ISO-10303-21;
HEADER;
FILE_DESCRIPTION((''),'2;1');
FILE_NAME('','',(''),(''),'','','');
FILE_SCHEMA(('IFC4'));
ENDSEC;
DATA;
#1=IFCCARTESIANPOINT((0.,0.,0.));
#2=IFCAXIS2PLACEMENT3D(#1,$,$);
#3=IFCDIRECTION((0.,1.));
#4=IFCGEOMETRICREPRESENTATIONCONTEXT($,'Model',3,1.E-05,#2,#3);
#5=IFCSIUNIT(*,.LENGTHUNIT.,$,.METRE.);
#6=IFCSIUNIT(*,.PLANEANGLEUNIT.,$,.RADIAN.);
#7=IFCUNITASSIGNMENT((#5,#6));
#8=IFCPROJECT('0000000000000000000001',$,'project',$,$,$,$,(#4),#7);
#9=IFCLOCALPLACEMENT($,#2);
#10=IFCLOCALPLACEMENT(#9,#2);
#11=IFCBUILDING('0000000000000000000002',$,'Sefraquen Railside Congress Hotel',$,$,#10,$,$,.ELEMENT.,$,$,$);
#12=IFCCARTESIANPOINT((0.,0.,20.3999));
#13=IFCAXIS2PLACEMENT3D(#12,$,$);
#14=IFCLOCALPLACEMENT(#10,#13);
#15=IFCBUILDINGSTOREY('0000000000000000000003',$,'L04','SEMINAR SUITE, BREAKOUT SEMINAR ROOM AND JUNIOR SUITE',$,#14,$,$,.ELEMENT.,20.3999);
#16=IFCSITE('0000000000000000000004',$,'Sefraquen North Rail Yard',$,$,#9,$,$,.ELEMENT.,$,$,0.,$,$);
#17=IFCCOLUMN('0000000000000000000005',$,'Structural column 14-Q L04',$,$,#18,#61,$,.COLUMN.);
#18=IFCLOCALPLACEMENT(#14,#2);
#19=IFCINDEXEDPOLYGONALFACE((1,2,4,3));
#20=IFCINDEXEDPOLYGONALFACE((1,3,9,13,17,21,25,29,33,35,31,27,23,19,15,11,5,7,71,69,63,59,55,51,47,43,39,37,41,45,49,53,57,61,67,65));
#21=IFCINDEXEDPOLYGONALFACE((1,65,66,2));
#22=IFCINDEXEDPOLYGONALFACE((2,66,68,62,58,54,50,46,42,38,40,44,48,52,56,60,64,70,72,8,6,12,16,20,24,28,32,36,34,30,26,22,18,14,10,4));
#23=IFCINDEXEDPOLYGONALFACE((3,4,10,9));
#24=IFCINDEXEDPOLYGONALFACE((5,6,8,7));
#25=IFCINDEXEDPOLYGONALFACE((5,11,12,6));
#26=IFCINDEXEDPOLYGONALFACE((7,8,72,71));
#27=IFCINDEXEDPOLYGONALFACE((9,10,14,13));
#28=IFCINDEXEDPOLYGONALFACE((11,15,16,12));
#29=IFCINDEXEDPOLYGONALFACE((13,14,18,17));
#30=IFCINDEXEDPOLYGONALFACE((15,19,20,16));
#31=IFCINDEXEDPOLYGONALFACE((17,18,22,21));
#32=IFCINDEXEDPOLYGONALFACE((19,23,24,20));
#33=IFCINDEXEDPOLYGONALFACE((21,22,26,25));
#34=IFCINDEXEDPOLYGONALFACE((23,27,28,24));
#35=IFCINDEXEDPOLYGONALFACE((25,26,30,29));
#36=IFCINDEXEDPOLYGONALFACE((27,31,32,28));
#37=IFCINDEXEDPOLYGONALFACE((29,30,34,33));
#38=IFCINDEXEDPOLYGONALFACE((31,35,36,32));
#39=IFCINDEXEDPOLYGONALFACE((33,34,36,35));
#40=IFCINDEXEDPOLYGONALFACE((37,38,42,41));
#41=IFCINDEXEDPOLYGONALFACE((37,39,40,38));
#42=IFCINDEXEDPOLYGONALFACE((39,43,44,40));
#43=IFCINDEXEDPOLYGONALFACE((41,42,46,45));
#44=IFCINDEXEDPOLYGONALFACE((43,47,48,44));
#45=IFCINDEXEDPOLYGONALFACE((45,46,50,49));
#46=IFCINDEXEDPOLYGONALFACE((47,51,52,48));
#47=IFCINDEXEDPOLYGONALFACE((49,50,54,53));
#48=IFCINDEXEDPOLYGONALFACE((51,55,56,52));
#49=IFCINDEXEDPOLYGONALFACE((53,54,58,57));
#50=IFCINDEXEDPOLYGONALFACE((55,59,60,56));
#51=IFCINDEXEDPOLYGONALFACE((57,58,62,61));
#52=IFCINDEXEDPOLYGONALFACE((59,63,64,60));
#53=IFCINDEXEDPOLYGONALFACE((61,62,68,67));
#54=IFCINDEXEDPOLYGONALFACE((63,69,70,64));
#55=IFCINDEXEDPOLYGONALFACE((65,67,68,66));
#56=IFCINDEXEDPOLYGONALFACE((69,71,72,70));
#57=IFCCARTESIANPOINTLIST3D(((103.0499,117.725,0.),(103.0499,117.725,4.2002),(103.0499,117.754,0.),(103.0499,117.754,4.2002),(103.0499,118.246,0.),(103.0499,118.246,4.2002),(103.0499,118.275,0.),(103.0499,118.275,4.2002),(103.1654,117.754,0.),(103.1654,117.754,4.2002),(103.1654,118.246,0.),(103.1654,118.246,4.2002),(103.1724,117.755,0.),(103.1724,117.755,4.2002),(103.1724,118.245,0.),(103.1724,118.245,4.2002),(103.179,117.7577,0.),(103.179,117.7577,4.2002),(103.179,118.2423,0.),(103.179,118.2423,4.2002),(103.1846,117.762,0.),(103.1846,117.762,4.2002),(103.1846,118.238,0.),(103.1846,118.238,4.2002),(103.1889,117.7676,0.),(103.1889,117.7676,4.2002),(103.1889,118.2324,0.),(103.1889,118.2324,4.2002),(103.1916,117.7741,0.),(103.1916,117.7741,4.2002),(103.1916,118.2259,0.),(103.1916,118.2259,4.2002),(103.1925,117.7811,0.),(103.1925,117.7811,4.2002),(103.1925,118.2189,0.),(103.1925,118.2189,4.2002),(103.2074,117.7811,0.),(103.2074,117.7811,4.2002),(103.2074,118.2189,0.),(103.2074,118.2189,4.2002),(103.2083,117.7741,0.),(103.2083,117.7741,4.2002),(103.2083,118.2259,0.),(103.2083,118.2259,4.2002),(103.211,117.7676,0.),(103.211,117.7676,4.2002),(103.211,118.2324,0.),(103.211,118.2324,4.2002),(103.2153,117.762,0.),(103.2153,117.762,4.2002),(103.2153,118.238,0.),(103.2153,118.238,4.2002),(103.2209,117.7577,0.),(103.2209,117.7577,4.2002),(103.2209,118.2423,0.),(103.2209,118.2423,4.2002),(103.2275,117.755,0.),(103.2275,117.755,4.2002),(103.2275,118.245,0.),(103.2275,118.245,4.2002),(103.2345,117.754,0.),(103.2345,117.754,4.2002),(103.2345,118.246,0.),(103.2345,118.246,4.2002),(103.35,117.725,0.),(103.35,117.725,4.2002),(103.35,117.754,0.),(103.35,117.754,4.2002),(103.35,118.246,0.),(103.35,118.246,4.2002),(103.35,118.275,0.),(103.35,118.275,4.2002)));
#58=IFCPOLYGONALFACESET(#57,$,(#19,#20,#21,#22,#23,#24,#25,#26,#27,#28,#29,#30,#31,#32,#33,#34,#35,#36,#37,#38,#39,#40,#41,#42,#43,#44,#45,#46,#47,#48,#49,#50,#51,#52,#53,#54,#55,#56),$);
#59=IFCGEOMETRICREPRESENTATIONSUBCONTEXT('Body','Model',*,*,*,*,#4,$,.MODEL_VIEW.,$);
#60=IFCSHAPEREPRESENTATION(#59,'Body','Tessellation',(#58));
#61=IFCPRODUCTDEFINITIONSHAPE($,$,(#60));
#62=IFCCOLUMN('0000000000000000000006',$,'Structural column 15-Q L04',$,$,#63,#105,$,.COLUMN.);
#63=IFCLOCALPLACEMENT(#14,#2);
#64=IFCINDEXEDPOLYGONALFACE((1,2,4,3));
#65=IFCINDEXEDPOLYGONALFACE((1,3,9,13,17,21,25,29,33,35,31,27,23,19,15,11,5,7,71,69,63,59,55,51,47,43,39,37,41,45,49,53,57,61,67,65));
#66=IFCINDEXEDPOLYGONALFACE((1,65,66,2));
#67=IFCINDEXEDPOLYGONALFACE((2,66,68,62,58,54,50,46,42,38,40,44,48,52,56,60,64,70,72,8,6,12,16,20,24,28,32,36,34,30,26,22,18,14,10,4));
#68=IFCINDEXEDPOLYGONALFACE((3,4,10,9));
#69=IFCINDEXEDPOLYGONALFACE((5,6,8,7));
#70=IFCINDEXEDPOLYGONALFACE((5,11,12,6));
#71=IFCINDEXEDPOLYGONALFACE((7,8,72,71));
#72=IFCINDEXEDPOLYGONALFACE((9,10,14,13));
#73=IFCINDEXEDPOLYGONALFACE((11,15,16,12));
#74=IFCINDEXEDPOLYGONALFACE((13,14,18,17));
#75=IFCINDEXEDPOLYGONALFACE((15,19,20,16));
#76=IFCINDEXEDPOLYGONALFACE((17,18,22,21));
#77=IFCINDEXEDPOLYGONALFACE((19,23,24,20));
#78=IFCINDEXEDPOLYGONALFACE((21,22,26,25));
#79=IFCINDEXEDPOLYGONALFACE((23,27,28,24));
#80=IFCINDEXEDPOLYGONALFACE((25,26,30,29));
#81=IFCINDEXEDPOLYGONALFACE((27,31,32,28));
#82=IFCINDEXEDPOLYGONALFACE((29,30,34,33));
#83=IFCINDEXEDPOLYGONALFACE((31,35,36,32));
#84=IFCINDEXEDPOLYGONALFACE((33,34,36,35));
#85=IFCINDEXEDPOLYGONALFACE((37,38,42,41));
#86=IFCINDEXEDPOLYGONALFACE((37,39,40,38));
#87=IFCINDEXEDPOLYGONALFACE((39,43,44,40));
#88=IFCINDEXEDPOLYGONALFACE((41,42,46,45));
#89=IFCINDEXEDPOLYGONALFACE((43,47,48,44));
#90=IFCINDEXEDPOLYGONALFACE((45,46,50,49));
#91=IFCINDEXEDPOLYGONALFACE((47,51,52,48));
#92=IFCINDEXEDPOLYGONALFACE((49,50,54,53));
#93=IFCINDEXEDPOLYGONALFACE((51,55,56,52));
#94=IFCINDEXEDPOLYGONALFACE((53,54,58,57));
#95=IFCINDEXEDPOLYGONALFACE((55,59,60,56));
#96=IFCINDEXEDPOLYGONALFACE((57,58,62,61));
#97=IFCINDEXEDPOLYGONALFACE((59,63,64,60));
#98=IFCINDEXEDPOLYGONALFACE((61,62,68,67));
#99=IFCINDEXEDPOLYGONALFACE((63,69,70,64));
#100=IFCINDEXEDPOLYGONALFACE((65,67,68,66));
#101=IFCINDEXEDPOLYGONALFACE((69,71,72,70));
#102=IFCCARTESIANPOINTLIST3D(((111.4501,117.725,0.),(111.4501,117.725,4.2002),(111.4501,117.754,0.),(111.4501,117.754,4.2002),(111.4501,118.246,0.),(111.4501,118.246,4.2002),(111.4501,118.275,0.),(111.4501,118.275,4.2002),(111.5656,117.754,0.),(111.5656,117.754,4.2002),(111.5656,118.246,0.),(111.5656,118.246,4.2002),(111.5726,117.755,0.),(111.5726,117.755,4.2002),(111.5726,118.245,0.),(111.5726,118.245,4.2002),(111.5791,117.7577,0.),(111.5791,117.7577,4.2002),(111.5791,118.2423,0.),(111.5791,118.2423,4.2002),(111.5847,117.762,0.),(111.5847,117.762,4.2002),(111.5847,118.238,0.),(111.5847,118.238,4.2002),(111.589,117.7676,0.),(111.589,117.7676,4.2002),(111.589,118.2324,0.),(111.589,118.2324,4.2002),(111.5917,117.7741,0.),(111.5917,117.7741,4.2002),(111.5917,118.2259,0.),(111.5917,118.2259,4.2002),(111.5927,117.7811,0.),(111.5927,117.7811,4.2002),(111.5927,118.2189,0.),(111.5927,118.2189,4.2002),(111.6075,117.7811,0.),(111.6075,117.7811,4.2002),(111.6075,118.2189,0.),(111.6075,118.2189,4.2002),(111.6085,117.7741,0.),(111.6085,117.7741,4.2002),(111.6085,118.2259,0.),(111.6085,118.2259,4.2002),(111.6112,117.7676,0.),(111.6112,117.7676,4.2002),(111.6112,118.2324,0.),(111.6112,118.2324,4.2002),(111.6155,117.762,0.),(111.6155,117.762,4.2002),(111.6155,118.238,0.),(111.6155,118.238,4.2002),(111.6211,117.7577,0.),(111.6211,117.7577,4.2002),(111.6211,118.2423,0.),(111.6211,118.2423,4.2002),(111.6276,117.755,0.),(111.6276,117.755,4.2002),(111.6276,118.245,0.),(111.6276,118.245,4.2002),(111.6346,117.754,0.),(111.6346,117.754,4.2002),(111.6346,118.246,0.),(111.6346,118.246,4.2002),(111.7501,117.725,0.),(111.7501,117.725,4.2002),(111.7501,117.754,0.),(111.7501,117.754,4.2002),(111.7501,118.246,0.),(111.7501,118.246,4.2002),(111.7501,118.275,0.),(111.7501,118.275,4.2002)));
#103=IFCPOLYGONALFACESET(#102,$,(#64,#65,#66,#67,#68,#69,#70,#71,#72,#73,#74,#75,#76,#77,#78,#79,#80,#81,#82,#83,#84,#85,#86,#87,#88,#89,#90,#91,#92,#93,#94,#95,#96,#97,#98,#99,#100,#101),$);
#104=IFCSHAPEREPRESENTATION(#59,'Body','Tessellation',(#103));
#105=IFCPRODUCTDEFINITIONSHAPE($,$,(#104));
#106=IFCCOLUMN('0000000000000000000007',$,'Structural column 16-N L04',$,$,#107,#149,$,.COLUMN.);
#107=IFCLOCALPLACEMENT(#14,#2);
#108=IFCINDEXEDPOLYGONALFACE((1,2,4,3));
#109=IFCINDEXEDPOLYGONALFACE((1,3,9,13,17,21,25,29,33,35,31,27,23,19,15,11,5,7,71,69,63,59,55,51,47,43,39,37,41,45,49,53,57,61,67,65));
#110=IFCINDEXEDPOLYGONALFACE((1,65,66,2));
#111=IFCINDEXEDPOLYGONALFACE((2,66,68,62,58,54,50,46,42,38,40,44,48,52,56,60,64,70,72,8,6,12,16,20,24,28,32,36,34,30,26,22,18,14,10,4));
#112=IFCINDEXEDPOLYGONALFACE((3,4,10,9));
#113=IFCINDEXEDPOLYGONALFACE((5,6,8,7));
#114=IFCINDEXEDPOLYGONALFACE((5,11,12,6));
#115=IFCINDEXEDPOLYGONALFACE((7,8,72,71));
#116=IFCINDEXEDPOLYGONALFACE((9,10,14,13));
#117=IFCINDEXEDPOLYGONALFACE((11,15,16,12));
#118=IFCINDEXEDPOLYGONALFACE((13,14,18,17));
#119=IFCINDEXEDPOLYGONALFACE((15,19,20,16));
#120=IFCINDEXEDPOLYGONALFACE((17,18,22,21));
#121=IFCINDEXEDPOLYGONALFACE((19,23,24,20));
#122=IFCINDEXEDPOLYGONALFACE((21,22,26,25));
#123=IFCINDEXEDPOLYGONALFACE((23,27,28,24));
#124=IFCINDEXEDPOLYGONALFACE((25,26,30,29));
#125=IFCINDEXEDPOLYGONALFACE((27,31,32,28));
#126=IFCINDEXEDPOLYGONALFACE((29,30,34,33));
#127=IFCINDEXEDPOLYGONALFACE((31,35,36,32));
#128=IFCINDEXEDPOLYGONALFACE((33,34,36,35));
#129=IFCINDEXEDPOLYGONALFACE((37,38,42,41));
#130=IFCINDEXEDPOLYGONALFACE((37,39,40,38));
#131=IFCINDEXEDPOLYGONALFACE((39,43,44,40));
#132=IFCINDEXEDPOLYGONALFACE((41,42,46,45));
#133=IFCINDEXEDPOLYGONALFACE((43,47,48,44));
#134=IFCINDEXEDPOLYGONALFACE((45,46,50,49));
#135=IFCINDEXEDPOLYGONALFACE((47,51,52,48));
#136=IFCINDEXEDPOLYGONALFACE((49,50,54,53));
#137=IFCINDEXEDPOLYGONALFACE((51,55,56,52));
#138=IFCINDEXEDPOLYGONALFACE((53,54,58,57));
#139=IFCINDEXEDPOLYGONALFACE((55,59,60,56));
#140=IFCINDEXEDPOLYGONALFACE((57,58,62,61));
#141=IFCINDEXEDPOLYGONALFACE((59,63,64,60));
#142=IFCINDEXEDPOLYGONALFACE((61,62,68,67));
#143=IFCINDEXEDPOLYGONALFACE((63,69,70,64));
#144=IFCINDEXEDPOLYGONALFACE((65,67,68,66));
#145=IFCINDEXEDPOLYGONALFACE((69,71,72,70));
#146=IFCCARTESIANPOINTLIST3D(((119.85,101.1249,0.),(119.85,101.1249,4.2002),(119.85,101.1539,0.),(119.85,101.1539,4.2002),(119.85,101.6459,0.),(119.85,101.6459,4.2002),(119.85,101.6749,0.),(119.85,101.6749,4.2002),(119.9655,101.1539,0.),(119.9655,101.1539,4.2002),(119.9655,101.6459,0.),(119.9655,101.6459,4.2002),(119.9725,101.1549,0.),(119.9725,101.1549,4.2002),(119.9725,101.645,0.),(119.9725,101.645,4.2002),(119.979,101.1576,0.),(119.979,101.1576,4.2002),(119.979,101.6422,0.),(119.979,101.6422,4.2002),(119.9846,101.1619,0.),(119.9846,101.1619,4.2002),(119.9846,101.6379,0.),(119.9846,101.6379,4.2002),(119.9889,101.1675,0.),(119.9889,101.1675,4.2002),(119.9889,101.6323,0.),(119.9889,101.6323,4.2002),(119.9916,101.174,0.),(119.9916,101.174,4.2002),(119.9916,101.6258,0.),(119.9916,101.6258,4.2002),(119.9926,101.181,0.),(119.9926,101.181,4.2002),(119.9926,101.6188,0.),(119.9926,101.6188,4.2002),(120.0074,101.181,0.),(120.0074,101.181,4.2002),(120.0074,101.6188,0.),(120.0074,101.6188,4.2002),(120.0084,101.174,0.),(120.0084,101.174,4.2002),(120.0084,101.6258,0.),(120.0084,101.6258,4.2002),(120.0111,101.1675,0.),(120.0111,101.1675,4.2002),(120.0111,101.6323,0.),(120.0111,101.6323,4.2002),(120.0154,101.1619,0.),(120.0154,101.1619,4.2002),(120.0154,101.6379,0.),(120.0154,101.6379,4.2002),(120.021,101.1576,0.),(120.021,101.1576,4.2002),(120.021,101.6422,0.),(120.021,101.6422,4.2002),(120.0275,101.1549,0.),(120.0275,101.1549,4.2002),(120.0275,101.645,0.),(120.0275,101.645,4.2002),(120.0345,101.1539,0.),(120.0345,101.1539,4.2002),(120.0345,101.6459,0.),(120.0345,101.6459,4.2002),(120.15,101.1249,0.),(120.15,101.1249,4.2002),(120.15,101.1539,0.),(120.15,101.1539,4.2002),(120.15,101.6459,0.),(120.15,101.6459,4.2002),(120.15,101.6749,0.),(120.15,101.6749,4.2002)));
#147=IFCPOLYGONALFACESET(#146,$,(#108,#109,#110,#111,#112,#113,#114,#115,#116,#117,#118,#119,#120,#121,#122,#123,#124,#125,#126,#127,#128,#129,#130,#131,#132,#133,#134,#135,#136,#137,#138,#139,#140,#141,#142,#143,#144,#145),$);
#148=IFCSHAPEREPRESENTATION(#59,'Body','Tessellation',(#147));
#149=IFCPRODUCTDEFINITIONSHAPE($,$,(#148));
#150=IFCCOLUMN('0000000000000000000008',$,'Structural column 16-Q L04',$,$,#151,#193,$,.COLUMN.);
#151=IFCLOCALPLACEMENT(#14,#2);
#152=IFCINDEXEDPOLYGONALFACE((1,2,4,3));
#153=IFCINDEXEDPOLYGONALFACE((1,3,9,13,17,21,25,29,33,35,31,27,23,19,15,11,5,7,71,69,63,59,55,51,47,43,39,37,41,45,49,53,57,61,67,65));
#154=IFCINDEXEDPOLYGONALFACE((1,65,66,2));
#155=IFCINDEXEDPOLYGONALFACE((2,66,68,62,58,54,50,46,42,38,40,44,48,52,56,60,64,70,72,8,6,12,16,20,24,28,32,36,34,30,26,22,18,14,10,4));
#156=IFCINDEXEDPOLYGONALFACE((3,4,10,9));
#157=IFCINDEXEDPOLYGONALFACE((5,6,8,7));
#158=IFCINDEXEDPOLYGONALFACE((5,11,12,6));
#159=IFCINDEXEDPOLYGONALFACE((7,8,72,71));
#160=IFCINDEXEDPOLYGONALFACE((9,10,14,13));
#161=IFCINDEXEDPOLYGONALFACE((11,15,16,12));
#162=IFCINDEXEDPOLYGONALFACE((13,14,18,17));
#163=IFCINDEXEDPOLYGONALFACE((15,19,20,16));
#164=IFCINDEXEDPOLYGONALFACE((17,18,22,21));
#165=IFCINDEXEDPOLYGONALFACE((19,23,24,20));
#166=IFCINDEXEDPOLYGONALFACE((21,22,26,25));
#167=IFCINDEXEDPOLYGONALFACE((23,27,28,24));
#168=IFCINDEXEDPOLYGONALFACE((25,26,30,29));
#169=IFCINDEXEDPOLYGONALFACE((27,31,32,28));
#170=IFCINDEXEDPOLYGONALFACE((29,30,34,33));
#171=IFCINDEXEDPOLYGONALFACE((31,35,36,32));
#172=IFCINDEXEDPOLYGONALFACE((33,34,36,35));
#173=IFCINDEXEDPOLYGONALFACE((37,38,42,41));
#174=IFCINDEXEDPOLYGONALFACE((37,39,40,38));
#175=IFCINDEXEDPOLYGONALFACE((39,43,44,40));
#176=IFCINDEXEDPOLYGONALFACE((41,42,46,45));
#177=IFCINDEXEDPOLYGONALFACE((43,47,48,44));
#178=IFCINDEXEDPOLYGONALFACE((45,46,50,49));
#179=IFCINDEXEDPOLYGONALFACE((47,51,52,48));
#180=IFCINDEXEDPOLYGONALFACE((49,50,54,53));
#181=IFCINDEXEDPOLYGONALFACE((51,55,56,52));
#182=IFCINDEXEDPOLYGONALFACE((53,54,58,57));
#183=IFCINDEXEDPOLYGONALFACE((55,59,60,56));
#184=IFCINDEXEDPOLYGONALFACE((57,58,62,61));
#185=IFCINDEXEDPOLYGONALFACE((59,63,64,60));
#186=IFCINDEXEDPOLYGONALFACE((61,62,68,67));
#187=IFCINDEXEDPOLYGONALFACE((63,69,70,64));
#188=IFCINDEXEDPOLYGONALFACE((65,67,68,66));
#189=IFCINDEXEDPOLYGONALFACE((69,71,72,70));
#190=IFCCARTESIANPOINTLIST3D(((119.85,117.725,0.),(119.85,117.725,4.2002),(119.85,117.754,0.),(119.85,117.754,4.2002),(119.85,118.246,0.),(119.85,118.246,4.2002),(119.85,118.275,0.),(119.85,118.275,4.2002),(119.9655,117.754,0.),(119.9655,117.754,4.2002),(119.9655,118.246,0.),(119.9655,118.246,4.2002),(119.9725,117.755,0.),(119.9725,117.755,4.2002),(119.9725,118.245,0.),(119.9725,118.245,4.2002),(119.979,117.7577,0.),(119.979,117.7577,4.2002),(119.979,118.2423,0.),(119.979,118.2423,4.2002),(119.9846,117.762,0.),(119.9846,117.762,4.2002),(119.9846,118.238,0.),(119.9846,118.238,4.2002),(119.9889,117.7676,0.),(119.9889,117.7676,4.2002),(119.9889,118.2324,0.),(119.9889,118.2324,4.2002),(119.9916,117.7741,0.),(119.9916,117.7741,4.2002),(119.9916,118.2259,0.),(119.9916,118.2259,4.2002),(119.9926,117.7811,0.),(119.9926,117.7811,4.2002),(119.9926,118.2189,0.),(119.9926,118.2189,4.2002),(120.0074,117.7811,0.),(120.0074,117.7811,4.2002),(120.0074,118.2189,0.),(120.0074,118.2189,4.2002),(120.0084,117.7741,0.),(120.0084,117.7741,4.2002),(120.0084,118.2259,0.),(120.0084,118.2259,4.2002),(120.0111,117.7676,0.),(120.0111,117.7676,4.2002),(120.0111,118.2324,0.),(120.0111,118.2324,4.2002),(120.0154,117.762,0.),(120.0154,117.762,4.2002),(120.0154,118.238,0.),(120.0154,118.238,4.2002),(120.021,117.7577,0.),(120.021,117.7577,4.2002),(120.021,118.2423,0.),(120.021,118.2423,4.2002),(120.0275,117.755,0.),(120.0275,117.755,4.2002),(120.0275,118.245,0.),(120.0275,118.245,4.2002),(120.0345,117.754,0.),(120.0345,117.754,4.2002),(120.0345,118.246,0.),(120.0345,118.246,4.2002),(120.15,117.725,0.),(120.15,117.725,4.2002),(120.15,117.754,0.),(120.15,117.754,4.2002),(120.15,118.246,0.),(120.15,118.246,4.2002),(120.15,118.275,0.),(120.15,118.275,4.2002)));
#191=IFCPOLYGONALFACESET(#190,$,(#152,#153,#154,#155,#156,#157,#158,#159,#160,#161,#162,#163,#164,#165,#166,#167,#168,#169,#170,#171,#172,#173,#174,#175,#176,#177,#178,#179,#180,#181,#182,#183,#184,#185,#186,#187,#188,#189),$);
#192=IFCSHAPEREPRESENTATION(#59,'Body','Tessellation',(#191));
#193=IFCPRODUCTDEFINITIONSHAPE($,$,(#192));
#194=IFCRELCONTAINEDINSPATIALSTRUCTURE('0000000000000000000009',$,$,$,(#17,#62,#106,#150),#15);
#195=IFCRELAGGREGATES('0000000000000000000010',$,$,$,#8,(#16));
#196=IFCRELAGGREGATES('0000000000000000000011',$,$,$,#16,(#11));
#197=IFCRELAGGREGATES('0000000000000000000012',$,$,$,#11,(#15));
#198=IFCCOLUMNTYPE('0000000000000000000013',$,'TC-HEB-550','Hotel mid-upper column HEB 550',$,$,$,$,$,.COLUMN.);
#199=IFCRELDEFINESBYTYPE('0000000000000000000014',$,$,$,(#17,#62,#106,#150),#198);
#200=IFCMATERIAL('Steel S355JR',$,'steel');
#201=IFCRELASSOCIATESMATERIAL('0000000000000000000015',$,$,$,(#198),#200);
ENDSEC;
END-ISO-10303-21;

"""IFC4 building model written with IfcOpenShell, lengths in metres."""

from ifc_helpers import new_model, si_unit, direction, frame, origin, origin_2d, place, context, subcontext, project, spatial, i_section, extrude, material, material_profile, profile_set, type_object, element, save


model = new_model("IFC4")

# Units and contexts
model_context = context("Model", 3, precision=1e-05, world=origin(), true_north=direction((0.0, 1.0)))
body_context = subcontext(model_context, "Body", "Model", "MODEL_VIEW")
ifc_project = project(units=[si_unit("LENGTHUNIT", "METRE"), si_unit("PLANEANGLEUNIT", "RADIAN")], contexts=[model_context])

# Site, building, storey
site_placement = place(None, origin())
site = spatial("IfcSite", under=ifc_project, at=site_placement, Name="Sefraquen North Rail Yard", CompositionType="ELEMENT", RefElevation=0.0)
building_placement = place(site_placement, origin())
building = spatial("IfcBuilding", under=site, at=building_placement, Name="Sefraquen Railside Congress Hotel", CompositionType="ELEMENT")
storey_placement = place(building_placement, frame((0.0, 0.0, 20.3999)))
storey = spatial("IfcBuildingStorey", under=building, at=storey_placement, Name="L04", Description="SEMINAR SUITE, BREAKOUT SEMINAR ROOM AND JUNIOR SUITE", CompositionType="ELEMENT", Elevation=20.3999)

# Columns
ifc_material_1 = material(Name="Steel S355JR", Category="steel")
ifc_material_profile_1 = material_profile(ifc_material_1, i_section(OverallWidth=0.3, OverallDepth=0.55, WebThickness=0.0149, FlangeThickness=0.0291, FilletRadius=0.0271, at=origin_2d()), Name="HEB 550")
ifc_profile_set_1 = profile_set([ifc_material_profile_1], Name="Steel S355JR")
column_type_1 = type_object("IfcColumnType", Name="TC-HEB-550", Description="Hotel mid-upper column HEB 550", PredefinedType="COLUMN", material=ifc_profile_set_1)
for number, where, z_axis, x_axis, name in (
    (1, (103.2, 118.0, 0.0), (0.0, 0.0, 1.0), (1.0, 0.0, 0.0), "Structural column 14-Q L04"),
    (2, (111.6001, 118.0, 0.0), (0.0, 0.0, 1.0), (1.0, 0.0, 0.0), "Structural column 15-Q L04"),
    (3, (120.0, 101.3999, 0.0), (0.0, 0.0, 1.0), (1.0, 0.0, 0.0), "Structural column 16-N L04"),
    (4, (120.0, 118.0, 0.0), (0.0, 0.0, 1.0), (1.0, 0.0, 0.0), "Structural column 16-Q L04"),
):
    element("IfcColumn", number, at=place(storey_placement, frame(where, z_axis=z_axis, x_axis=x_axis)), inside=storey, type_object=column_type_1, Name=name, PredefinedType="COLUMN", context=body_context, shape_type="SweptSolid", body=[
        extrude(i_section(OverallWidth=0.3, OverallDepth=0.55, WebThickness=0.0149, FlangeThickness=0.0291, FilletRadius=0.0271, at=origin_2d()), origin(), (0.0, 0.0, 1.0), 4.2002),
    ])

save(model, "model.ifc")
